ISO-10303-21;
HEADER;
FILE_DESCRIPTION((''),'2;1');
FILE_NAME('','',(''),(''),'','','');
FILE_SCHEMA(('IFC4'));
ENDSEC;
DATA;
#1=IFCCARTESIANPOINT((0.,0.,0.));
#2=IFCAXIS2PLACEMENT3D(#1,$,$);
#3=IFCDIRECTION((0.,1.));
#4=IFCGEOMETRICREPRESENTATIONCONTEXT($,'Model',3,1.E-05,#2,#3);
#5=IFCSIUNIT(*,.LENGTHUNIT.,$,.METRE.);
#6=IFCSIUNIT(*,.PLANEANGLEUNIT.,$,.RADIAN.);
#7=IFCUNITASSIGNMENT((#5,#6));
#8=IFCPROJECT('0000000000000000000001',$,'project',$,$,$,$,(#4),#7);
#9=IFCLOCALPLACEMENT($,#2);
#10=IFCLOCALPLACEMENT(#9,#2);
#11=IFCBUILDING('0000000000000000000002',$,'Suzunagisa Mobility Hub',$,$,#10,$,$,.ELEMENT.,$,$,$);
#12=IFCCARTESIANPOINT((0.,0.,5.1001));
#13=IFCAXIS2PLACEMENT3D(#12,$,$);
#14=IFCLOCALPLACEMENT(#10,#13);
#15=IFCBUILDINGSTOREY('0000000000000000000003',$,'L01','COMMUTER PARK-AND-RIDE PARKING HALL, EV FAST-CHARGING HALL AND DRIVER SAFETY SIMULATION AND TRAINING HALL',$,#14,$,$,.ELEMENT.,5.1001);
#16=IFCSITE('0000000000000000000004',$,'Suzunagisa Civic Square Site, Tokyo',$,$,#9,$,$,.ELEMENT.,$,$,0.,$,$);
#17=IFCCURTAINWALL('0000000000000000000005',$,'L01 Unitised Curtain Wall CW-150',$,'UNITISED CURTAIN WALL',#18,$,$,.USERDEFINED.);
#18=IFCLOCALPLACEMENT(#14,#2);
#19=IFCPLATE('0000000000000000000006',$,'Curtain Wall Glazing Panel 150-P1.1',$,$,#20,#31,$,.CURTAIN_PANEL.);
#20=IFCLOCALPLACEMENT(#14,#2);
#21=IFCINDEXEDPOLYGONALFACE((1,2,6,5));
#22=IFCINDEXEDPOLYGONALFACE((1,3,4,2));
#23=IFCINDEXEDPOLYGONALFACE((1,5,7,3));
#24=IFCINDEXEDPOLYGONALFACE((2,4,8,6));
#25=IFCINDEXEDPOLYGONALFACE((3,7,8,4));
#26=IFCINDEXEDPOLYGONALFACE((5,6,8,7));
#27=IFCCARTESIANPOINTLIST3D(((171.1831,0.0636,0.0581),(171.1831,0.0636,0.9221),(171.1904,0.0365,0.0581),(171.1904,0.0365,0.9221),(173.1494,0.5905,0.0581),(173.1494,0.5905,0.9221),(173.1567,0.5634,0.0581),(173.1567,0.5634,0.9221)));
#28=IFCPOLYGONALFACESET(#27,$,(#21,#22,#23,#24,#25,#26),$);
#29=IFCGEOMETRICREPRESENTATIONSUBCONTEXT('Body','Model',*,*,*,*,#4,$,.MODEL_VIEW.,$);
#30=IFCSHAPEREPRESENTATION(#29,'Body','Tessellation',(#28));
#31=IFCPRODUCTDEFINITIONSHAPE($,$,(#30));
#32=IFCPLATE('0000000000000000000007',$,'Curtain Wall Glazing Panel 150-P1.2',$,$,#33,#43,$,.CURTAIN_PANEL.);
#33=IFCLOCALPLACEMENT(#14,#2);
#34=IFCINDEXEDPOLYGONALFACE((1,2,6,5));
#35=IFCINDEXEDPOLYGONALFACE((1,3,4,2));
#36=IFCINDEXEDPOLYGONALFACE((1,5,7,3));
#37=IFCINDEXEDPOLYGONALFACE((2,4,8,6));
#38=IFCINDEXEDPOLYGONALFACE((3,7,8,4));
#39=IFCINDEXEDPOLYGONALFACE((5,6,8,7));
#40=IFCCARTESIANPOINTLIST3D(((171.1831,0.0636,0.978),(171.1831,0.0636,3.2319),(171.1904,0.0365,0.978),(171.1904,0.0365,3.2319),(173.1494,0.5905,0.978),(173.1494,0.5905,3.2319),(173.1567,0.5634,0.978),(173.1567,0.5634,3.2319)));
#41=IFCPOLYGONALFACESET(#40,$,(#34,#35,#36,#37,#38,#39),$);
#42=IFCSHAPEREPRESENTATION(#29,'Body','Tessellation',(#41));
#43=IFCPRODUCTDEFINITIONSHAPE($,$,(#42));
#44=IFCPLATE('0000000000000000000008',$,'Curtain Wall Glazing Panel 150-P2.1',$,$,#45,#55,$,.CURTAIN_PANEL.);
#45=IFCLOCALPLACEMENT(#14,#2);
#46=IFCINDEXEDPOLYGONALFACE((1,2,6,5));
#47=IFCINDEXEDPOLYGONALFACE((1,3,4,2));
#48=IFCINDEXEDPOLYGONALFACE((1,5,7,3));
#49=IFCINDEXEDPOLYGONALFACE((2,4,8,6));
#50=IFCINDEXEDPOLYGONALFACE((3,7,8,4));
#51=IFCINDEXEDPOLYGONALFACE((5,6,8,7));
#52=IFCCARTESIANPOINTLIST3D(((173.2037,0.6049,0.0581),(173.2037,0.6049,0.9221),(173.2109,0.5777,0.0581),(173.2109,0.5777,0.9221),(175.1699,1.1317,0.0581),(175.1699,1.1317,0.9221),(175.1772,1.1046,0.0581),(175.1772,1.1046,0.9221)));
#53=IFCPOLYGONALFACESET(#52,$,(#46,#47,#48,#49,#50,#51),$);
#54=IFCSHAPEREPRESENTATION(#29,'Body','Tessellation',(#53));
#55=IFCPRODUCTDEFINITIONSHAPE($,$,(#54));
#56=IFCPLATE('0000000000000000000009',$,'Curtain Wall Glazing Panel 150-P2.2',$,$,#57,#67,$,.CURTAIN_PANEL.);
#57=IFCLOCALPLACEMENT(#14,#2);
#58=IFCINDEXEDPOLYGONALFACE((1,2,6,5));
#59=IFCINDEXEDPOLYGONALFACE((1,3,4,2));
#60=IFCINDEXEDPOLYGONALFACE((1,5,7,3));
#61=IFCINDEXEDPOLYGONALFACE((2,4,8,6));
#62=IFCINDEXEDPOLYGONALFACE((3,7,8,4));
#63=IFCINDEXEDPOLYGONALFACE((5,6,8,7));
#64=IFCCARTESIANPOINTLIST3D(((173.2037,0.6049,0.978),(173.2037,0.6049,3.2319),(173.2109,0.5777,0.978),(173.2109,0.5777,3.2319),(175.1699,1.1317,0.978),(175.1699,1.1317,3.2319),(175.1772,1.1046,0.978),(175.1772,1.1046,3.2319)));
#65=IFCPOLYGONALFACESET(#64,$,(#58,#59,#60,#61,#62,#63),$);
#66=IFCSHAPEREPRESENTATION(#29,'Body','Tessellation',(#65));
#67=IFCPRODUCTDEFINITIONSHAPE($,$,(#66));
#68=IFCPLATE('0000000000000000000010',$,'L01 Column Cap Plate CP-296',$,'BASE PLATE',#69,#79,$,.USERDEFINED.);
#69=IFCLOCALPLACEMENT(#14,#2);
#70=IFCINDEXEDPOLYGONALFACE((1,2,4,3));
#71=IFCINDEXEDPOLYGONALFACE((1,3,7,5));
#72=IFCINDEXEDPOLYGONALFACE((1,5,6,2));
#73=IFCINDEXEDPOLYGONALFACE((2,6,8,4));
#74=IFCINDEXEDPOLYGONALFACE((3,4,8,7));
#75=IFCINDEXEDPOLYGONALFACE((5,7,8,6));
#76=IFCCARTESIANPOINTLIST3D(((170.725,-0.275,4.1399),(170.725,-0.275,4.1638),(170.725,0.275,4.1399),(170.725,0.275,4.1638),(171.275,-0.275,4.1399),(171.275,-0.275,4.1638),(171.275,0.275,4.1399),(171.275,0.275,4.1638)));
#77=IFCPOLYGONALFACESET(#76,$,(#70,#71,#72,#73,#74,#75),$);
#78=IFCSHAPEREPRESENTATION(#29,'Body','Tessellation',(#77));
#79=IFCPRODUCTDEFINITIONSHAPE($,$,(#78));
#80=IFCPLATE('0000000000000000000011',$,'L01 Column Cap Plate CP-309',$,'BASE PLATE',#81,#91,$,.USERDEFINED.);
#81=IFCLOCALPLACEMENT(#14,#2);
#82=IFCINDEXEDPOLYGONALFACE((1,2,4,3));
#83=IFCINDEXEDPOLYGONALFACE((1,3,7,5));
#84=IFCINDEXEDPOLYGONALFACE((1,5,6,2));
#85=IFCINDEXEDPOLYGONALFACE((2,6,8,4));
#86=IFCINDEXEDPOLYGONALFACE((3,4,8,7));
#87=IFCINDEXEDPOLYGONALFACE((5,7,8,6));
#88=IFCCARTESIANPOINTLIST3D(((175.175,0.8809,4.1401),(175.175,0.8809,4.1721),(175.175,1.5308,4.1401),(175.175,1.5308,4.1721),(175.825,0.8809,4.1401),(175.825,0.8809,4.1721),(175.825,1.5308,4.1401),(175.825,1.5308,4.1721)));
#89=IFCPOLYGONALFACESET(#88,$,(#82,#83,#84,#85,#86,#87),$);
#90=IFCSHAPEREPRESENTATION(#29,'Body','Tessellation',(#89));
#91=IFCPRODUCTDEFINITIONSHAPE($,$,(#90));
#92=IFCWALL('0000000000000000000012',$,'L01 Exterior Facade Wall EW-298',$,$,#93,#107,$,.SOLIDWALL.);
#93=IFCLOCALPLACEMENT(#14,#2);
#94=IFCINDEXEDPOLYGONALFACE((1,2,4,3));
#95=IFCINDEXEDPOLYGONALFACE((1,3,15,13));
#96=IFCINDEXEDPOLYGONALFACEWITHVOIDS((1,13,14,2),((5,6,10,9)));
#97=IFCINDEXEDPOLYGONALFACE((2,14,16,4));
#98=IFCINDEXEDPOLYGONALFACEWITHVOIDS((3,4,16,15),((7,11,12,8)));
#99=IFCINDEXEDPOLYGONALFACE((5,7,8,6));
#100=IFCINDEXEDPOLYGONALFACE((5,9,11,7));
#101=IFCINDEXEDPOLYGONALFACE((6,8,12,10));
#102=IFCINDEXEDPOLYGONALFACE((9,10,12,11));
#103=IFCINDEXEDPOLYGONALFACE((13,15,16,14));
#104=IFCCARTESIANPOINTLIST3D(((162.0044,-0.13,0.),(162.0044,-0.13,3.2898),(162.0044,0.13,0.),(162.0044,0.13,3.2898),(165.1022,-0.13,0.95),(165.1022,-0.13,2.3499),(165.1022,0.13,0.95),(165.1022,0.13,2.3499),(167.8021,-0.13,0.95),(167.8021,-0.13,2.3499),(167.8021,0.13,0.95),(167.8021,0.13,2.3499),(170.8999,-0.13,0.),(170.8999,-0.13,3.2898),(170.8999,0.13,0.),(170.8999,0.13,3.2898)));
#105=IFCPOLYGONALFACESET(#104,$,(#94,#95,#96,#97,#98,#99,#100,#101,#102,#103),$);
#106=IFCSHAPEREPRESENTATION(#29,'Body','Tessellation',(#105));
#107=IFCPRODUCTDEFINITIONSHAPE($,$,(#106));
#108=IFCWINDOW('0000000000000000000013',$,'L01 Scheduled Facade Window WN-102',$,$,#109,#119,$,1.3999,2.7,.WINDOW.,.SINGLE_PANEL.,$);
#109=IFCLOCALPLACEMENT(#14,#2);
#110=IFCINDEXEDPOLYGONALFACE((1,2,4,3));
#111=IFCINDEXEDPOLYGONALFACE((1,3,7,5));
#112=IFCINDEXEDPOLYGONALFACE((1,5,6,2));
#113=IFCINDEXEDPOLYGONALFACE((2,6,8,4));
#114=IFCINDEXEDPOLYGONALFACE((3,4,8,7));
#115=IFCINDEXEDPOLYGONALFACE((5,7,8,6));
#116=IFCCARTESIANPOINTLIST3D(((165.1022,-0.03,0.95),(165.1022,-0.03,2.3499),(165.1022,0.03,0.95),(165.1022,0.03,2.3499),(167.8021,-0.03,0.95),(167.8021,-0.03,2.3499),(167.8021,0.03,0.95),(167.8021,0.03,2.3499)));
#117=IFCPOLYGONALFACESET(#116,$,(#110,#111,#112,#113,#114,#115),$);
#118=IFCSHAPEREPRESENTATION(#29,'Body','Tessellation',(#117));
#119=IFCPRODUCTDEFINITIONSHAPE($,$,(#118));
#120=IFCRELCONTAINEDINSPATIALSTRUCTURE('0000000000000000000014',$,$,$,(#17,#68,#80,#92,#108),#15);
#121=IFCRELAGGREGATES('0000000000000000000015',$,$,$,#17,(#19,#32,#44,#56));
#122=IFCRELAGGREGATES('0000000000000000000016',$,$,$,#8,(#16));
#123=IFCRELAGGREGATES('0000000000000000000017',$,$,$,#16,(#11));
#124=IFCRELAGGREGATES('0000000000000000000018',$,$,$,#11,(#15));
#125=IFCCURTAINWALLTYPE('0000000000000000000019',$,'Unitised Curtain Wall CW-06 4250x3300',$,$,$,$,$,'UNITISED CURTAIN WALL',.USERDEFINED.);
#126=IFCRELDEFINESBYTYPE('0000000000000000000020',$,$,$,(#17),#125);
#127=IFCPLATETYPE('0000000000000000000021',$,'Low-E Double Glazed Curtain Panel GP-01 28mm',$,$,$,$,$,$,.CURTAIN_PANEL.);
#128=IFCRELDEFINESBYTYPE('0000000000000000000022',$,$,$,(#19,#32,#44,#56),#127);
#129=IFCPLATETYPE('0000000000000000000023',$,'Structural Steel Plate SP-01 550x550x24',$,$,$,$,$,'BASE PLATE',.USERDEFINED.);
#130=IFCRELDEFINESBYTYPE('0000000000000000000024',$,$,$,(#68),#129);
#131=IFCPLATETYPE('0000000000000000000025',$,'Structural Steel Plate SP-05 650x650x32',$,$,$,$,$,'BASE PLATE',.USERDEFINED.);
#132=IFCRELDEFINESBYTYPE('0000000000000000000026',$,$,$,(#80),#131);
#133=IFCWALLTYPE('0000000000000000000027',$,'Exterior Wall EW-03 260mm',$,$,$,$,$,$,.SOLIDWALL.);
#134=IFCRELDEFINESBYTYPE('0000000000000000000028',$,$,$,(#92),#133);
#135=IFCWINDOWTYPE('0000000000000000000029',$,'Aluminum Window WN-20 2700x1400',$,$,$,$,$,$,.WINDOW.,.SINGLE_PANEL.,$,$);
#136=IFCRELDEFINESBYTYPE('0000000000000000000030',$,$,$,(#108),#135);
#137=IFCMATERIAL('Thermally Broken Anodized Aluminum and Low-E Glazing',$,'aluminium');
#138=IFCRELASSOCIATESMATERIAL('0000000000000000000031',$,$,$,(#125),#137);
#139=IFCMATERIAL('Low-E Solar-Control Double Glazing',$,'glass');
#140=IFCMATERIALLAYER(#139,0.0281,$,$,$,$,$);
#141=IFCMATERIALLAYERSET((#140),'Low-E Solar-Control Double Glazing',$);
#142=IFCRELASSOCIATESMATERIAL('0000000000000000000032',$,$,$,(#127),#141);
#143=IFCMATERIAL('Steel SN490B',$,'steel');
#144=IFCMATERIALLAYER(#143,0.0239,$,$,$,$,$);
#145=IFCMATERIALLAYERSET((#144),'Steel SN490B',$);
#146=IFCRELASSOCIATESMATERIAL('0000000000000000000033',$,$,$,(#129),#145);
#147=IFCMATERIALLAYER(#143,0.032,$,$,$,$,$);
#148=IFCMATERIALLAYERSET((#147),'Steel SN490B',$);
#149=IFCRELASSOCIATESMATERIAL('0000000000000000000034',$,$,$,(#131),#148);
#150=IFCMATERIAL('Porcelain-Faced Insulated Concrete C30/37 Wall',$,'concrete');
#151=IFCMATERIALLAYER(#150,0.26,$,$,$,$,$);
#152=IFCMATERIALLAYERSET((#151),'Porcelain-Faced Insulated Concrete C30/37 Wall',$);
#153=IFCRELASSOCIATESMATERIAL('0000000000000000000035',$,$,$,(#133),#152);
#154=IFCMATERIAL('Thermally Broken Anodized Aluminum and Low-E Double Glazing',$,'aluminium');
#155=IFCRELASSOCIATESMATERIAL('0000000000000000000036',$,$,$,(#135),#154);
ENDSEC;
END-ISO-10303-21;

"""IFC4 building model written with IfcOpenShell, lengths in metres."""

from ifc_helpers import new_model, si_unit, direction, frame, frame_2d, origin, origin_2d, place, context, subcontext, project, spatial, rectangle, extrude, material, layer, layer_set, type_object, element, fill, aggregate, save


model = new_model("IFC4")

# Units and contexts
model_context = context("Model", 3, precision=1e-05, world=origin(), true_north=direction((0.0, 1.0)))
body_context = subcontext(model_context, "Body", "Model", "MODEL_VIEW")
ifc_project = project(units=[si_unit("LENGTHUNIT", "METRE"), si_unit("PLANEANGLEUNIT", "RADIAN")], contexts=[model_context])

# Site, building, storey
site_placement = place(None, origin())
site = spatial("IfcSite", under=ifc_project, at=site_placement, Name="Suzunagisa Civic Square Site, Tokyo", CompositionType="ELEMENT", RefElevation=0.0)
building_placement = place(site_placement, origin())
building = spatial("IfcBuilding", under=site, at=building_placement, Name="Suzunagisa Mobility Hub", CompositionType="ELEMENT")
storey_placement = place(building_placement, frame((0.0, 0.0, 5.1001)))
storey = spatial("IfcBuildingStorey", under=building, at=storey_placement, Name="L01", Description="COMMUTER PARK-AND-RIDE PARKING HALL, EV FAST-CHARGING HALL AND DRIVER SAFETY SIMULATION AND TRAINING HALL", CompositionType="ELEMENT", Elevation=5.1001)

# Shared definitions
ifc_material_1 = material(Name="Steel SN490B", Category="steel")

# Curtain wall
ifc_material_2 = material(Name="Thermally Broken Anodized Aluminum and Low-E Glazing", Category="aluminium")
curtain_wall_type_1 = type_object("IfcCurtainWallType", Name="Unitised Curtain Wall CW-06 4250x3300", ElementType="UNITISED CURTAIN WALL", PredefinedType="USERDEFINED", material=ifc_material_2)
curtain_wall_1_placement = place(storey_placement, origin())
curtain_wall_1 = element("IfcCurtainWall", 1, at=curtain_wall_1_placement, inside=storey, type_object=curtain_wall_type_1, Name="L01 Unitised Curtain Wall CW-150", ObjectType="UNITISED CURTAIN WALL", PredefinedType="USERDEFINED")

# Plates
ifc_material_3 = material(Name="Low-E Solar-Control Double Glazing", Category="glass")
ifc_layer_1 = layer(ifc_material_3, 0.0281)
ifc_layer_set_1 = layer_set([ifc_layer_1], Name="Low-E Solar-Control Double Glazing")
plate_type_1 = type_object("IfcPlateType", Name="Low-E Double Glazed Curtain Panel GP-01 28mm", PredefinedType="CURTAIN_PANEL", material=ifc_layer_set_1)
plate_1_placement = place(storey_placement, frame((172.1699, 0.3135, 0.0581), z_axis=(0.0, 0.0, 1.0), x_axis=(0.965924, 0.258826, 0.0)))
plate_1 = element("IfcPlate", 2, at=plate_1_placement, type_object=plate_type_1, Name="Curtain Wall Glazing Panel 150-P1.1", PredefinedType="CURTAIN_PANEL", context=body_context, shape_type="SweptSolid", body=[
    extrude(rectangle(XDim=2.0356, YDim=0.0281, at=origin_2d()), origin(), (0.0, 0.0, 1.0), 0.864),
])
plate_2_placement = place(storey_placement, frame((172.1699, 0.3135, 0.978), z_axis=(0.0, 0.0, 1.0), x_axis=(0.965924, 0.258826, 0.0)))
plate_2 = element("IfcPlate", 3, at=plate_2_placement, type_object=plate_type_1, Name="Curtain Wall Glazing Panel 150-P1.2", PredefinedType="CURTAIN_PANEL", context=body_context, shape_type="SweptSolid", body=[
    extrude(rectangle(XDim=2.0356, YDim=0.0281, at=origin_2d()), origin(), (0.0, 0.0, 1.0), 2.2539),
])
plate_3_placement = place(storey_placement, frame((174.1904, 0.8547, 0.0581), z_axis=(0.0, 0.0, 1.0), x_axis=(0.965924, 0.258826, 0.0)))
plate_3 = element("IfcPlate", 4, at=plate_3_placement, type_object=plate_type_1, Name="Curtain Wall Glazing Panel 150-P2.1", PredefinedType="CURTAIN_PANEL", context=body_context, shape_type="SweptSolid", body=[
    extrude(rectangle(XDim=2.0356, YDim=0.0281, at=origin_2d()), origin(), (0.0, 0.0, 1.0), 0.864),
])
plate_4_placement = place(storey_placement, frame((174.1904, 0.8547, 0.978), z_axis=(0.0, 0.0, 1.0), x_axis=(0.965924, 0.258826, 0.0)))
plate_4 = element("IfcPlate", 5, at=plate_4_placement, type_object=plate_type_1, Name="Curtain Wall Glazing Panel 150-P2.2", PredefinedType="CURTAIN_PANEL", context=body_context, shape_type="SweptSolid", body=[
    extrude(rectangle(XDim=2.0356, YDim=0.0281, at=origin_2d()), origin(), (0.0, 0.0, 1.0), 2.2539),
])
aggregate(curtain_wall_1, [plate_1, plate_2, plate_3, plate_4])

# Plates
ifc_layer_2 = layer(ifc_material_1, 0.0239)
ifc_layer_set_2 = layer_set([ifc_layer_2], Name="Steel SN490B")
plate_type_2 = type_object("IfcPlateType", Name="Structural Steel Plate SP-01 550x550x24", ElementType="BASE PLATE", PredefinedType="USERDEFINED", material=ifc_layer_set_2)
plate_5_placement = place(storey_placement, frame((171.0, 0.0, 4.1399), z_axis=(0.0, 0.0, 1.0), x_axis=(1.0, 0.0, 0.0)))
element("IfcPlate", 6, at=plate_5_placement, inside=storey, type_object=plate_type_2, Name="L01 Column Cap Plate CP-296", ObjectType="BASE PLATE", PredefinedType="USERDEFINED", context=body_context, shape_type="SweptSolid", body=[
    extrude(rectangle(XDim=0.55, YDim=0.55, at=origin_2d()), origin(), (0.0, 0.0, 1.0), 0.0239),
])
ifc_layer_3 = layer(ifc_material_1, 0.032)
ifc_layer_set_3 = layer_set([ifc_layer_3], Name="Steel SN490B")
plate_type_3 = type_object("IfcPlateType", Name="Structural Steel Plate SP-05 650x650x32", ElementType="BASE PLATE", PredefinedType="USERDEFINED", material=ifc_layer_set_3)
plate_6_placement = place(storey_placement, frame((175.5, 1.2058, 4.1401), z_axis=(0.0, 0.0, 1.0), x_axis=(1.0, 0.0, 0.0)))
element("IfcPlate", 7, at=plate_6_placement, inside=storey, type_object=plate_type_3, Name="L01 Column Cap Plate CP-309", ObjectType="BASE PLATE", PredefinedType="USERDEFINED", context=body_context, shape_type="SweptSolid", body=[
    extrude(rectangle(XDim=0.6499, YDim=0.6499, at=origin_2d()), origin(), (0.0, 0.0, 1.0), 0.032),
])

# Wall, opening, window
ifc_material_4 = material(Name="Porcelain-Faced Insulated Concrete C30/37 Wall", Category="concrete")
ifc_layer_4 = layer(ifc_material_4, 0.26)
ifc_layer_set_4 = layer_set([ifc_layer_4], Name="Porcelain-Faced Insulated Concrete C30/37 Wall")
wall_type = type_object("IfcWallType", Name="Exterior Wall EW-03 260mm", PredefinedType="SOLIDWALL", material=ifc_layer_set_4)
wall_placement = place(storey_placement, frame((162.0044, 0.0, 0.0), z_axis=(0.0, 0.0, 1.0), x_axis=(1.0, 0.0, 0.0)))
wall = element("IfcWall", 8, at=wall_placement, inside=storey, type_object=wall_type, Name="L01 Exterior Facade Wall EW-298", PredefinedType="SOLIDWALL", context=body_context, shape_type="SweptSolid", body=[
    extrude(rectangle(XDim=8.8955, YDim=0.26, at=frame_2d((4.4478, 0.0))), origin(), (0.0, 0.0, 1.0), 3.2898),
])
opening_placement = place(wall_placement, frame((3.0977, 0.0, 0.95)))
opening = element("IfcOpeningElement", 9, at=opening_placement, cuts=wall, PredefinedType="OPENING", context=body_context, shape_type="SweptSolid", body=[
    extrude(rectangle(XDim=2.7, YDim=1.3999, at=frame_2d((1.3501, 0.7))), frame((0.0, 0.1411, 0.0), z_axis=(0.0, -1.0, 0.0), x_axis=(1.0, 0.0, 0.0)), (0.0, 0.0, 1.0), 0.282),
])
ifc_material_5 = material(Name="Thermally Broken Anodized Aluminum and Low-E Double Glazing", Category="aluminium")
window_type = type_object("IfcWindowType", Name="Aluminum Window WN-20 2700x1400", PartitioningType="SINGLE_PANEL", PredefinedType="WINDOW", material=ifc_material_5)
window_placement = place(opening_placement, origin())
window = element("IfcWindow", 10, at=window_placement, inside=storey, type_object=window_type, Name="L01 Scheduled Facade Window WN-102", OverallHeight=1.3999, OverallWidth=2.7, PartitioningType="SINGLE_PANEL", PredefinedType="WINDOW", context=body_context, shape_type="SweptSolid", body=[
    extrude(rectangle(XDim=2.7, YDim=1.3999, at=frame_2d((1.3501, 0.7))), frame((0.0, 0.03, 0.0), z_axis=(0.0, -1.0, 0.0), x_axis=(1.0, 0.0, 0.0)), (0.0, 0.0, 1.0), 0.0601),
])
fill(opening, window)

save(model, "model.ifc")
